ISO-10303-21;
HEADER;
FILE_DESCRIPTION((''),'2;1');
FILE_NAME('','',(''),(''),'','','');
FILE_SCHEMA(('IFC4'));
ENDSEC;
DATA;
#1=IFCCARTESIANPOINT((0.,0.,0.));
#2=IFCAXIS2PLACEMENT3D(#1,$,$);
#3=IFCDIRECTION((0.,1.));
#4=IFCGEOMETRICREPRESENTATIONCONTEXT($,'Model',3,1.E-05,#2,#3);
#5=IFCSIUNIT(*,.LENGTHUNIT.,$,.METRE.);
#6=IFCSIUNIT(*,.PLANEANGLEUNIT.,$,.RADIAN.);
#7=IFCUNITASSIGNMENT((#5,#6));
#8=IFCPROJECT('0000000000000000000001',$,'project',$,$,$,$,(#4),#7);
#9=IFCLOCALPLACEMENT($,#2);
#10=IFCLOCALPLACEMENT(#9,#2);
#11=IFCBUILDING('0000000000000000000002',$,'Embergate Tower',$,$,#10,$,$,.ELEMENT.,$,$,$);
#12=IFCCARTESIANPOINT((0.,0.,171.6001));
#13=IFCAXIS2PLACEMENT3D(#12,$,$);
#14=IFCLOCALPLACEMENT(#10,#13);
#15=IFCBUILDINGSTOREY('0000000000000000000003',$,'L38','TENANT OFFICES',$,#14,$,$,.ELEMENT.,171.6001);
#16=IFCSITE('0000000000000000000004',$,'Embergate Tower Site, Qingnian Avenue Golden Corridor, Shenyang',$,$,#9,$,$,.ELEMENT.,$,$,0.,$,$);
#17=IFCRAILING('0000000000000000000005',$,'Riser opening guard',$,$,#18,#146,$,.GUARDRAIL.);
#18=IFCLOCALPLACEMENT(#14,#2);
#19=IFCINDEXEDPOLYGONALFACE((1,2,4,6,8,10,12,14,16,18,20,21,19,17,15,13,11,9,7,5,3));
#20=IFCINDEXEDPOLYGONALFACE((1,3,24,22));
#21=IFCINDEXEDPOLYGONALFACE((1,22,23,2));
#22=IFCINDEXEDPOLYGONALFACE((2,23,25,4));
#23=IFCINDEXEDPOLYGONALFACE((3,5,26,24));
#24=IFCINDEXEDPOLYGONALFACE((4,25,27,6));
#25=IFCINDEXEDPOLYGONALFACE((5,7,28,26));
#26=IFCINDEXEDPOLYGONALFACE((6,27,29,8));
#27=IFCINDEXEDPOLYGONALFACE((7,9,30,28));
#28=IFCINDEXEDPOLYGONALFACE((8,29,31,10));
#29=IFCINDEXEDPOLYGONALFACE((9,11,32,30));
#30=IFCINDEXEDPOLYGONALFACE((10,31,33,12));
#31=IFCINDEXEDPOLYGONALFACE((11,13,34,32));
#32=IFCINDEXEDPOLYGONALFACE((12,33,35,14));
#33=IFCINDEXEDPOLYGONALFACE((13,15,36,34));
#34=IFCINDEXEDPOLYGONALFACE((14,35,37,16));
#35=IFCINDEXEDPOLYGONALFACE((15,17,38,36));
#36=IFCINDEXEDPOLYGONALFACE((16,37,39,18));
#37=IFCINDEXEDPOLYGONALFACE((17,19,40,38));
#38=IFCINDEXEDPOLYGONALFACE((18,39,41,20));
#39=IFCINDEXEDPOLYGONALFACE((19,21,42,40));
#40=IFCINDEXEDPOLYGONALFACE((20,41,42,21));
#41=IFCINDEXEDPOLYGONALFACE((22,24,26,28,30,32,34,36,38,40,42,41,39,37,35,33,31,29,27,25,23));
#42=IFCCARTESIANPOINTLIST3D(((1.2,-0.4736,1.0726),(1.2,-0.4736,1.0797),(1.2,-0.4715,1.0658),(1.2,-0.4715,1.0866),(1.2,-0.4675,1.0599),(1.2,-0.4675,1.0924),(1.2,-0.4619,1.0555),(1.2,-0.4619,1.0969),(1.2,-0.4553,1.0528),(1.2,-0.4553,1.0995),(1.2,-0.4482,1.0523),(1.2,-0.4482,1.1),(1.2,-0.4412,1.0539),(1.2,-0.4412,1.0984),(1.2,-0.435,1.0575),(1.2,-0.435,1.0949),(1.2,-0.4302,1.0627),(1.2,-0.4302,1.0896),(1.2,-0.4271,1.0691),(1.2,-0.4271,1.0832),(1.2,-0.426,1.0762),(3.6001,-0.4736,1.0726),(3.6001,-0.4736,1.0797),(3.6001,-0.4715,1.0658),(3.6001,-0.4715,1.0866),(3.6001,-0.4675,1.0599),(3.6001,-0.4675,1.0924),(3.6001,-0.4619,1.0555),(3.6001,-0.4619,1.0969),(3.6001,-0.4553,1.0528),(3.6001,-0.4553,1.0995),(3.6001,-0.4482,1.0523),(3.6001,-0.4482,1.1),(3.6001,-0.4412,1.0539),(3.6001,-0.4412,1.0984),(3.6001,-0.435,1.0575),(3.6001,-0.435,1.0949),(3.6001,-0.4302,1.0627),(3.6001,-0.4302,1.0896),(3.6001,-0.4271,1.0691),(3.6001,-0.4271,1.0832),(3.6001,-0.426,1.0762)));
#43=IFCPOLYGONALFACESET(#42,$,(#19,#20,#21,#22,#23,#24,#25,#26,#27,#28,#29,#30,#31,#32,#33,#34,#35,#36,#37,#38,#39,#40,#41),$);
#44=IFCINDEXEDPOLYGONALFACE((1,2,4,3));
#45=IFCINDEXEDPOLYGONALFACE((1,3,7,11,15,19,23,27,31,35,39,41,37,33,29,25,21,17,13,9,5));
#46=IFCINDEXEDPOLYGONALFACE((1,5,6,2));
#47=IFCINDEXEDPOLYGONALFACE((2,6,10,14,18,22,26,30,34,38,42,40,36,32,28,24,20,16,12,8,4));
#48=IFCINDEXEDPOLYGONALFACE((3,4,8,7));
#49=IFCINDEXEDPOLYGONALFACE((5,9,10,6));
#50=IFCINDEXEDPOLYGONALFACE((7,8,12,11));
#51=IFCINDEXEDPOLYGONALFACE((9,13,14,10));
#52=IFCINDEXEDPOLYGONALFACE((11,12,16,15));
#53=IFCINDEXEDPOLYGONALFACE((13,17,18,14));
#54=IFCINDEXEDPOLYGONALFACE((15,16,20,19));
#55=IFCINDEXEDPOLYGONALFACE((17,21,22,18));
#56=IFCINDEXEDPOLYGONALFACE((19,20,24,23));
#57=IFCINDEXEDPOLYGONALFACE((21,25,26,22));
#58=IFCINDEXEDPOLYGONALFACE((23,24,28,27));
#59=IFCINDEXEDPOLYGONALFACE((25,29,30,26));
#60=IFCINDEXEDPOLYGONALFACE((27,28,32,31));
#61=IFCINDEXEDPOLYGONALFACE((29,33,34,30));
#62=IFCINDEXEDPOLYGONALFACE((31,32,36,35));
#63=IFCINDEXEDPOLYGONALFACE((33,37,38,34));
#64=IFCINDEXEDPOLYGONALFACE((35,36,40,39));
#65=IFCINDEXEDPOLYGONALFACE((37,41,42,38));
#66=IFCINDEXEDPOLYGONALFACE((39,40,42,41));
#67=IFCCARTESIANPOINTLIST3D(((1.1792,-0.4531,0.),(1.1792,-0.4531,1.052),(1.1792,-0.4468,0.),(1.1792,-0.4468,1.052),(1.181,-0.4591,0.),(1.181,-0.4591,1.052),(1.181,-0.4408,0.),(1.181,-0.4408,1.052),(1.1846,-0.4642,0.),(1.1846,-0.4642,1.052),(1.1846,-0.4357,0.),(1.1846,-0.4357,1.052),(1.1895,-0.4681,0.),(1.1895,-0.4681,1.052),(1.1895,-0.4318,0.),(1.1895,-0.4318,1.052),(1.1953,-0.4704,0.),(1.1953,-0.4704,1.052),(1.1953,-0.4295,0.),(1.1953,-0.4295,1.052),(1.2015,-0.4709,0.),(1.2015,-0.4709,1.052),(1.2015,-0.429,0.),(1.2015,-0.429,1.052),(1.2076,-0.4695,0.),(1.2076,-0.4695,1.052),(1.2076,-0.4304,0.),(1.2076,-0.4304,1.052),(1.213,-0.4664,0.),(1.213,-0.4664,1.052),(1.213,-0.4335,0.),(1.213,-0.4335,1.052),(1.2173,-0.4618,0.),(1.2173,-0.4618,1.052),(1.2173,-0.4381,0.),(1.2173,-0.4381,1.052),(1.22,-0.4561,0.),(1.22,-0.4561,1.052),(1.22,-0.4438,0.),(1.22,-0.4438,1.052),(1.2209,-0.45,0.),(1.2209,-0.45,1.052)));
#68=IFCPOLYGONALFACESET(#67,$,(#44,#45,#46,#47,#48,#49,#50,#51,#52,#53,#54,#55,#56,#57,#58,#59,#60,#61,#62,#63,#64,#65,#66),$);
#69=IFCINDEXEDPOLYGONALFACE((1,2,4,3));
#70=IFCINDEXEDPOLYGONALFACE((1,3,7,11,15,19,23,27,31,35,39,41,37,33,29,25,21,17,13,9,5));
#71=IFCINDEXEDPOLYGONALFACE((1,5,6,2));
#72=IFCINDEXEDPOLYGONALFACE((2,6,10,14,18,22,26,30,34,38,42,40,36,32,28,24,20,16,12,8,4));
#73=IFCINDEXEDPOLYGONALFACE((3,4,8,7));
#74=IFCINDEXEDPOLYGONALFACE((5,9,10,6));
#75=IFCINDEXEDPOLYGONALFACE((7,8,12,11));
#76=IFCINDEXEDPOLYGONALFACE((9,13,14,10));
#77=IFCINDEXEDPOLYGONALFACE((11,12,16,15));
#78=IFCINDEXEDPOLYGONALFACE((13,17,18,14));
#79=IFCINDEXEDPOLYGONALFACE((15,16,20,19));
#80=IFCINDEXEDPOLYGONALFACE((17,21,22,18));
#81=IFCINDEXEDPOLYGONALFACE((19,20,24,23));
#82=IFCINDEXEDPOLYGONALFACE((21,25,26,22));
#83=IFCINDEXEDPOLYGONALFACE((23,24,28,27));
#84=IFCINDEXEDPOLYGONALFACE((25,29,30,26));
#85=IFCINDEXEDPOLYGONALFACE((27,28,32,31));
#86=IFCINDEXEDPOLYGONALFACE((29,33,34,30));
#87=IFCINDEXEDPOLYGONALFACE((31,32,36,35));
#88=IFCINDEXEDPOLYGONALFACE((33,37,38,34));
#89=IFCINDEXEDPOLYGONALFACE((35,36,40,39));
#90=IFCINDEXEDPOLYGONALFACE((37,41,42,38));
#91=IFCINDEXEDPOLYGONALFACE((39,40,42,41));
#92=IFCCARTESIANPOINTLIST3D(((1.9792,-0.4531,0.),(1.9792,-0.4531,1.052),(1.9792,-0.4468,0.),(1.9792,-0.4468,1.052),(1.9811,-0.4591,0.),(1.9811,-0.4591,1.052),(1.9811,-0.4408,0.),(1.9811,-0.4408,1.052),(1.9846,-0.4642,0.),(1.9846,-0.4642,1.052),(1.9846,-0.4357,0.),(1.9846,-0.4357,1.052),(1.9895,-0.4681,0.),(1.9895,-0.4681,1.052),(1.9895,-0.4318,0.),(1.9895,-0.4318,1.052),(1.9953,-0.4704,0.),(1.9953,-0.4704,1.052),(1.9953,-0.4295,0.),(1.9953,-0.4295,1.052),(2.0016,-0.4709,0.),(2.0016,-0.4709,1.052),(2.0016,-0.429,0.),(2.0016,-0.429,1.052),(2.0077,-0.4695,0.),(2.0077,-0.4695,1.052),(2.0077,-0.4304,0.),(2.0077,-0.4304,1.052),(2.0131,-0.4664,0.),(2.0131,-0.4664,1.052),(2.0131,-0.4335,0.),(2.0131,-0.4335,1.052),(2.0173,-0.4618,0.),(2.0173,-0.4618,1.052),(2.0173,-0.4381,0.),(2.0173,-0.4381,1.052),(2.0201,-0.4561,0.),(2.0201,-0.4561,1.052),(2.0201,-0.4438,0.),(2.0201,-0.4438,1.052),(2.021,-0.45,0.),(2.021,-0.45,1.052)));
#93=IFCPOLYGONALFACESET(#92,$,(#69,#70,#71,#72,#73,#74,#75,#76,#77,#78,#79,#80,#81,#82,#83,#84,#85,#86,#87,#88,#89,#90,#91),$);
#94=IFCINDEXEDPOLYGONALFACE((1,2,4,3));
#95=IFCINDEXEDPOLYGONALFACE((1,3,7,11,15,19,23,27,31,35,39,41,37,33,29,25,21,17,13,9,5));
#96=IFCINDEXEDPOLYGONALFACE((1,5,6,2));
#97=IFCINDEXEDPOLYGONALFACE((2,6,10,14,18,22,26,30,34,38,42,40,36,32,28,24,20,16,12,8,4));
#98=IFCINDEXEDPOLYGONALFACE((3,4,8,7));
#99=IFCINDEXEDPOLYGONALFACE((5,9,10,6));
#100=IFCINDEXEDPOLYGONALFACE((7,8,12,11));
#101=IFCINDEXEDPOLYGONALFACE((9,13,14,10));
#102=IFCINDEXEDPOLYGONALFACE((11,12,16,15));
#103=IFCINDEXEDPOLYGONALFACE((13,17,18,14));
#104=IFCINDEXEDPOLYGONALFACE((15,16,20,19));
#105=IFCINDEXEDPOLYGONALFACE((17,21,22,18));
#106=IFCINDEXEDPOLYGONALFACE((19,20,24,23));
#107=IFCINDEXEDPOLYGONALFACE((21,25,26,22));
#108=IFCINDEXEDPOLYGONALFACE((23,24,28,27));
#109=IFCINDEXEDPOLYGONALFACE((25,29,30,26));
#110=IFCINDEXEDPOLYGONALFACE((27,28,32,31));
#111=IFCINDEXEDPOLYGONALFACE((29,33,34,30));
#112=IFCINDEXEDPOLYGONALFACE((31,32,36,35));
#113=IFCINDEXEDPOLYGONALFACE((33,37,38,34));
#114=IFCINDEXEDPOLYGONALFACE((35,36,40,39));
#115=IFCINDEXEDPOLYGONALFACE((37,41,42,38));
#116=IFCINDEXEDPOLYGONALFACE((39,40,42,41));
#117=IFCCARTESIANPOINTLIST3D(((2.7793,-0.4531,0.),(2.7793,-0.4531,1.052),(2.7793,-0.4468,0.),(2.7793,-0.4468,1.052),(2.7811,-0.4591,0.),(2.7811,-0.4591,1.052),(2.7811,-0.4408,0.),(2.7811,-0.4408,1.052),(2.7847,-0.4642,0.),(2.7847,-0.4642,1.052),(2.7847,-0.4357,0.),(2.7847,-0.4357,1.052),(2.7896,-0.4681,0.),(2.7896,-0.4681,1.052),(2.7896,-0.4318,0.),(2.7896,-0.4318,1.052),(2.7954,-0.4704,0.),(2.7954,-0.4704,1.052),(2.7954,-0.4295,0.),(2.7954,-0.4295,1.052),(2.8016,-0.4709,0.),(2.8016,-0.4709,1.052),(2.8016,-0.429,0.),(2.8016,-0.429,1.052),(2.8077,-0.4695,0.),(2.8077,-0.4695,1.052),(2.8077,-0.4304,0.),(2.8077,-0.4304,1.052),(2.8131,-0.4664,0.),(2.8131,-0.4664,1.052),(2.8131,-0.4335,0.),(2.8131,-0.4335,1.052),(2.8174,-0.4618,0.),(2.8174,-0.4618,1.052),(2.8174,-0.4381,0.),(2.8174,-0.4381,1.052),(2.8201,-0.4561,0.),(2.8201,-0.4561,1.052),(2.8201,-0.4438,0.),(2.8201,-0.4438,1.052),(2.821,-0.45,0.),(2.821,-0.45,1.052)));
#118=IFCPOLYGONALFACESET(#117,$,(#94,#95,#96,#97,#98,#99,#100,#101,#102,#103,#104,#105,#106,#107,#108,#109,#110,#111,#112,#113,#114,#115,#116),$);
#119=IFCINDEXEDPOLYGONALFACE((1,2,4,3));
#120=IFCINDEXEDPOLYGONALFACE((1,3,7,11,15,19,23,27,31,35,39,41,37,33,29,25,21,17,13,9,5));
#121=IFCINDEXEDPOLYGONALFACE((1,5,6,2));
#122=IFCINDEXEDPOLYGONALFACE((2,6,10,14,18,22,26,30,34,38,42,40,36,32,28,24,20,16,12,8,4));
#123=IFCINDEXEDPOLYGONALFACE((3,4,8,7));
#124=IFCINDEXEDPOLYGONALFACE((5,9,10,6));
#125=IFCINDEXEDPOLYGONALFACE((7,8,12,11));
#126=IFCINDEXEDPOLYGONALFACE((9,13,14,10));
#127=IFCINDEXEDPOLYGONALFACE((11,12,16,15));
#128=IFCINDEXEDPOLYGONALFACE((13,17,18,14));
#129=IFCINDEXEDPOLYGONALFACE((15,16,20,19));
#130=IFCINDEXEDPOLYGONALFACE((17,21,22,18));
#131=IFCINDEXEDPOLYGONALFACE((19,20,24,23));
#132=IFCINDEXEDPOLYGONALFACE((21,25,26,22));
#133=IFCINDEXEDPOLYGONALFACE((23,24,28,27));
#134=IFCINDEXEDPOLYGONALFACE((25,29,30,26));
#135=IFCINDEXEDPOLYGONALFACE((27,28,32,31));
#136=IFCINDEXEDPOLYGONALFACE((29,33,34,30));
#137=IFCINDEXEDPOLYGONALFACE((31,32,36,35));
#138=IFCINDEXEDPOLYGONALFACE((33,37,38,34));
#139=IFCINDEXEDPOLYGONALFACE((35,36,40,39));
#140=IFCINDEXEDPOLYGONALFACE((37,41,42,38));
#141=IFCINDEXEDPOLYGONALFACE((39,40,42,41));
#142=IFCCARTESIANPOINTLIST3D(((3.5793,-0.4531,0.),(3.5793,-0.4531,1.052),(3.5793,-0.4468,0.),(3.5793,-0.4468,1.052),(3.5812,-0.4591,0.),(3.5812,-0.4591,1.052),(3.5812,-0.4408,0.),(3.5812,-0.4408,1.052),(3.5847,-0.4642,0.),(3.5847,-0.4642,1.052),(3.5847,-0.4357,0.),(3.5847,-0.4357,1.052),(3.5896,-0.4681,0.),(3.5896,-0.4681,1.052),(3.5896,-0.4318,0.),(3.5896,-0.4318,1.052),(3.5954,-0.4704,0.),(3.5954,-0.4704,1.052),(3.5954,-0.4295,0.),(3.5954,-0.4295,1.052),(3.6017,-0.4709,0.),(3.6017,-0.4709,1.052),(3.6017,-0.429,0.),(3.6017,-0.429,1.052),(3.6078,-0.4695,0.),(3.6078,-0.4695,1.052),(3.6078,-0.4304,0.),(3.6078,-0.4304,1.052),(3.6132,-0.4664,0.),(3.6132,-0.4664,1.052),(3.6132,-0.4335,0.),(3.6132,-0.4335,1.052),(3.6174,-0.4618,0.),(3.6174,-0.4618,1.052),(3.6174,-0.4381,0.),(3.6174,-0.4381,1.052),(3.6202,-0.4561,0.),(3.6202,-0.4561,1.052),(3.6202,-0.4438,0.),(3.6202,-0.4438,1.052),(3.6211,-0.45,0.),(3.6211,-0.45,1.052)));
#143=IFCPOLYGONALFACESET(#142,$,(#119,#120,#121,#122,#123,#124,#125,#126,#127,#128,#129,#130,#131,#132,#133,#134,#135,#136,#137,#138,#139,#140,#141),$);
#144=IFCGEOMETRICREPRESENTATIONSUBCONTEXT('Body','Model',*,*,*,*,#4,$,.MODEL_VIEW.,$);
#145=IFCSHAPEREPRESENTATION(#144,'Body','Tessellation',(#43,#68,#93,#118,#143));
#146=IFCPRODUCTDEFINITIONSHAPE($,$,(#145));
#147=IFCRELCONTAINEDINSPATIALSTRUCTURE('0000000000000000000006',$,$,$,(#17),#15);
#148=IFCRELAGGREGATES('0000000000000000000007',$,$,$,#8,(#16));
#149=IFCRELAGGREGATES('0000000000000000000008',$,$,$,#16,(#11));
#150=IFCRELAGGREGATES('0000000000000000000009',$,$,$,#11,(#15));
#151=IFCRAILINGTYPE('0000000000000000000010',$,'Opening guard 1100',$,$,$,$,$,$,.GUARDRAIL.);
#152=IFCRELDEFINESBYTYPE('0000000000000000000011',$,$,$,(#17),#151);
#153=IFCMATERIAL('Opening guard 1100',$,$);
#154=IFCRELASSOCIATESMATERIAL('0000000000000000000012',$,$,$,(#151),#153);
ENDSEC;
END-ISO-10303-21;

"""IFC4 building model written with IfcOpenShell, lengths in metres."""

from ifc_helpers import new_model, si_unit, direction, frame, origin, origin_2d, place, context, subcontext, project, spatial, circle, extrude, source, transform, mapped, material, type_object, element, save


model = new_model("IFC4")

# Units and contexts
model_context = context("Model", 3, precision=1e-05, world=origin(), true_north=direction((0.0, 1.0)))
body_context = subcontext(model_context, "Body", "Model", "MODEL_VIEW")
ifc_project = project(units=[si_unit("LENGTHUNIT", "METRE"), si_unit("PLANEANGLEUNIT", "RADIAN")], contexts=[model_context])

# Site, building, storey
site_placement = place(None, origin())
site = spatial("IfcSite", under=ifc_project, at=site_placement, Name="Embergate Tower Site, Qingnian Avenue Golden Corridor, Shenyang", CompositionType="ELEMENT", RefElevation=0.0)
building_placement = place(site_placement, origin())
building = spatial("IfcBuilding", under=site, at=building_placement, Name="Embergate Tower", CompositionType="ELEMENT")
storey_placement = place(building_placement, frame((0.0, 0.0, 171.6001)))
storey = spatial("IfcBuildingStorey", under=building, at=storey_placement, Name="L38", Description="TENANT OFFICES", CompositionType="ELEMENT", Elevation=171.6001)

# Railing
ifc_material_1 = material(Name="Opening guard 1100")
railing_type_1 = type_object("IfcRailingType", Name="Opening guard 1100", PredefinedType="GUARDRAIL", material=ifc_material_1)
shared_shape_1 = source(origin(), body_context, "Body", "SweptSolid", [
    extrude(circle(Radius=0.0239, at=origin_2d()), frame((0.0, 0.0, 1.0762), z_axis=(1.0, 0.0, 0.0), x_axis=(0.0, 1.0, 0.0)), (0.0, 0.0, 1.0), 2.4001),
    extrude(circle(Radius=0.021, at=origin_2d()), origin(), (0.0, 0.0, 1.0), 1.052),
    extrude(circle(Radius=0.021, at=origin_2d()), frame((0.8, 0.0, 0.0)), (0.0, 0.0, 1.0), 1.052),
    extrude(circle(Radius=0.021, at=origin_2d()), frame((1.6001, 0.0, 0.0)), (0.0, 0.0, 1.0), 1.052),
    extrude(circle(Radius=0.021, at=origin_2d()), frame((2.4001, 0.0, 0.0)), (0.0, 0.0, 1.0), 1.052),
])
railing_1_placement = place(storey_placement, frame((1.2, -0.45, 0.0)))
element("IfcRailing", 1, at=railing_1_placement, inside=storey, type_object=railing_type_1, Name="Riser opening guard", PredefinedType="GUARDRAIL", context=body_context, shape_type="MappedRepresentation", body=[
    mapped(shared_shape_1, transform((0.0, 0.0, 0.0))),
])

save(model, "model.ifc")
